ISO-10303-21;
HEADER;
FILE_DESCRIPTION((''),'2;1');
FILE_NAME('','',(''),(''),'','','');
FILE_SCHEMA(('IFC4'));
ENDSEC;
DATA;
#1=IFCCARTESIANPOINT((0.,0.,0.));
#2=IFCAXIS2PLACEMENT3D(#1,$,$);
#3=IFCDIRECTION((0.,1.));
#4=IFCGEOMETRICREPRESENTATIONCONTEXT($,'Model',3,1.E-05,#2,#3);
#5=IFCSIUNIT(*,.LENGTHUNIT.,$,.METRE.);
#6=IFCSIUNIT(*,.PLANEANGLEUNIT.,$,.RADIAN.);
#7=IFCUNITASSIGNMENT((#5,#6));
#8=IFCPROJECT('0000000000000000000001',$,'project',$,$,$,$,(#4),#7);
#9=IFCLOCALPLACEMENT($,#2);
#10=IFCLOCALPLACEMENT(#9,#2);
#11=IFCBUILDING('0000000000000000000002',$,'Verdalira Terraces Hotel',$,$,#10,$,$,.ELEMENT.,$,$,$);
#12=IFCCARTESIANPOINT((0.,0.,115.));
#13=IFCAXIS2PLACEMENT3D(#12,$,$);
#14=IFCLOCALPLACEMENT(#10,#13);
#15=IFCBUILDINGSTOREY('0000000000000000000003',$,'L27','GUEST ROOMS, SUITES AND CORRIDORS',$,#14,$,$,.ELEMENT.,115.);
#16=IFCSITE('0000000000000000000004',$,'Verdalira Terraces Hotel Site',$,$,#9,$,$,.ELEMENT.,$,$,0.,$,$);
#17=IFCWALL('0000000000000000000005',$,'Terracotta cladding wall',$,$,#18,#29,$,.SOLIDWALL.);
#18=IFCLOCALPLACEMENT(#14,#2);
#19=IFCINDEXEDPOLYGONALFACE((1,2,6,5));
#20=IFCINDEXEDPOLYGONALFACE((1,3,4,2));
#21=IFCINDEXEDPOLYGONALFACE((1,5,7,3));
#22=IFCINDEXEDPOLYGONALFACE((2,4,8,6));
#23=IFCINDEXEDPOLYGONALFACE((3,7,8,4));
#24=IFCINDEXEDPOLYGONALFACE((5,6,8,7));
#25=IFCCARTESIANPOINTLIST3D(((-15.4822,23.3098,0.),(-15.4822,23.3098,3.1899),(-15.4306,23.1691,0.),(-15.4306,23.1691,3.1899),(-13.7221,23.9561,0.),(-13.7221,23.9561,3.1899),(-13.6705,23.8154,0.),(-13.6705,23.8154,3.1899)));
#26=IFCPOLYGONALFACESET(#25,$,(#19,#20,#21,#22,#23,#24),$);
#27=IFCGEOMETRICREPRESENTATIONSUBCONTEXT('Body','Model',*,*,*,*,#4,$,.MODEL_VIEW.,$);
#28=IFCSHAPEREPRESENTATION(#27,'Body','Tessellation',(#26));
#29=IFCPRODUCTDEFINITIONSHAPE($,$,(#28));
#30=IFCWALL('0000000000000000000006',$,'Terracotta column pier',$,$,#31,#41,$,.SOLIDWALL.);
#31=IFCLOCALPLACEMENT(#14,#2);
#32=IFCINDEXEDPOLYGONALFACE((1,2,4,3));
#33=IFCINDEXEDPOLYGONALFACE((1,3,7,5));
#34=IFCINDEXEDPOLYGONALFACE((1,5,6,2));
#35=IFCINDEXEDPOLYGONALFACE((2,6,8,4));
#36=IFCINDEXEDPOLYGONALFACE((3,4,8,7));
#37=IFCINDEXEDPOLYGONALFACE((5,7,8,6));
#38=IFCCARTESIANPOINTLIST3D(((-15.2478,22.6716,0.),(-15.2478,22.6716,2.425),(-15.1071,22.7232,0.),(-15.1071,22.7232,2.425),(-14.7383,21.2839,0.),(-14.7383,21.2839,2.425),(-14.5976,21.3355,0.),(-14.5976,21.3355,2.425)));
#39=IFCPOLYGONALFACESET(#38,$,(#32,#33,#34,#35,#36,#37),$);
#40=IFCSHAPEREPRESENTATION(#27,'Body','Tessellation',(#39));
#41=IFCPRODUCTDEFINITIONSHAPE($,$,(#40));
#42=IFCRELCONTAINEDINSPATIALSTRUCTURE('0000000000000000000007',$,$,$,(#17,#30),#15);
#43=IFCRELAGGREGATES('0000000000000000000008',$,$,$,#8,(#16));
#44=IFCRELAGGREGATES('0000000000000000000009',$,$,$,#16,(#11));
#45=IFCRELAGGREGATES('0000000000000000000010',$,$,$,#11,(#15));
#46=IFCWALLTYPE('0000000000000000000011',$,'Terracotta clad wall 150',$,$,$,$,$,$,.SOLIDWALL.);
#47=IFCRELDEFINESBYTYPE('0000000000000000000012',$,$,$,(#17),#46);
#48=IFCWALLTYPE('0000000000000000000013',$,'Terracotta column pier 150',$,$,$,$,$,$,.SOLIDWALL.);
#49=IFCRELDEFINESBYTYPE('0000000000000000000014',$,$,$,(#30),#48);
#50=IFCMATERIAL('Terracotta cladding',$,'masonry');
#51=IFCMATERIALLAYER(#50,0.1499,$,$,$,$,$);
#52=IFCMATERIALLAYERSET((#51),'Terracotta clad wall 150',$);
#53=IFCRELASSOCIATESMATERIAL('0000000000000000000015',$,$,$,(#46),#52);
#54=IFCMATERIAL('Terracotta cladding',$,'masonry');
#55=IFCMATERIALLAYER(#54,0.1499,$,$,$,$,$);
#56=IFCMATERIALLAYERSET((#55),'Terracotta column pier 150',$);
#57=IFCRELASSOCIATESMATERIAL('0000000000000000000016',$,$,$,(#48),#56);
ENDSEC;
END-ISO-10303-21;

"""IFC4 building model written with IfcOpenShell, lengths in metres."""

from ifc_helpers import new_model, si_unit, direction, frame, frame_2d, origin, place, context, subcontext, project, spatial, rectangle, extrude, material, layer, layer_set, type_object, element, save


model = new_model("IFC4")

# Units and contexts
model_context = context("Model", 3, precision=1e-05, world=origin(), true_north=direction((0.0, 1.0)))
body_context = subcontext(model_context, "Body", "Model", "MODEL_VIEW")
ifc_project = project(units=[si_unit("LENGTHUNIT", "METRE"), si_unit("PLANEANGLEUNIT", "RADIAN")], contexts=[model_context])

# Site, building, storey
site_placement = place(None, origin())
site = spatial("IfcSite", under=ifc_project, at=site_placement, Name="Verdalira Terraces Hotel Site", CompositionType="ELEMENT", RefElevation=0.0)
building_placement = place(site_placement, origin())
building = spatial("IfcBuilding", under=site, at=building_placement, Name="Verdalira Terraces Hotel", CompositionType="ELEMENT")
storey_placement = place(building_placement, frame((0.0, 0.0, 115.0)))
storey = spatial("IfcBuildingStorey", under=building, at=storey_placement, Name="L27", Description="GUEST ROOMS, SUITES AND CORRIDORS", CompositionType="ELEMENT", Elevation=115.0)

# Walls
ifc_material_1 = material(Name="Terracotta cladding", Category="masonry")
ifc_layer_1 = layer(ifc_material_1, 0.1499)
ifc_layer_set_1 = layer_set([ifc_layer_1], Name="Terracotta clad wall 150")
wall_type_1 = type_object("IfcWallType", Name="Terracotta clad wall 150", PredefinedType="SOLIDWALL", material=ifc_layer_set_1)
for number, where, z_axis, x_axis, name in (
    (1, (-13.6963, 23.8857, 0.0), (0.0, 0.0, 1.0), (-0.93872, -0.344679, 0.0), "Terracotta cladding wall"),
):
    element("IfcWall", number, at=place(storey_placement, frame(where, z_axis=z_axis, x_axis=x_axis)), inside=storey, type_object=wall_type_1, Name=name, PredefinedType="SOLIDWALL", context=body_context, shape_type="SweptSolid", body=[
        extrude(rectangle(XDim=1.875, YDim=0.1499, at=frame_2d((0.9375, 0.0))), origin(), (0.0, 0.0, 1.0), 3.1899),
    ])
ifc_material_2 = material(Name="Terracotta cladding", Category="masonry")
ifc_layer_2 = layer(ifc_material_2, 0.1499)
ifc_layer_set_2 = layer_set([ifc_layer_2], Name="Terracotta column pier 150")
wall_type_2 = type_object("IfcWallType", Name="Terracotta column pier 150", PredefinedType="SOLIDWALL", material=ifc_layer_set_2)
wall_1_placement = place(storey_placement, frame((-15.1775, 22.6975, 0.0), z_axis=(0.0, 0.0, 1.0), x_axis=(0.344672, -0.938723, 0.0)))
element("IfcWall", 2, at=wall_1_placement, inside=storey, type_object=wall_type_2, Name="Terracotta column pier", PredefinedType="SOLIDWALL", context=body_context, shape_type="SweptSolid", body=[
    extrude(rectangle(XDim=1.4783, YDim=0.1499, at=frame_2d((0.7393, 0.0))), origin(), (0.0, 0.0, 1.0), 2.425),
])

save(model, "model.ifc")
